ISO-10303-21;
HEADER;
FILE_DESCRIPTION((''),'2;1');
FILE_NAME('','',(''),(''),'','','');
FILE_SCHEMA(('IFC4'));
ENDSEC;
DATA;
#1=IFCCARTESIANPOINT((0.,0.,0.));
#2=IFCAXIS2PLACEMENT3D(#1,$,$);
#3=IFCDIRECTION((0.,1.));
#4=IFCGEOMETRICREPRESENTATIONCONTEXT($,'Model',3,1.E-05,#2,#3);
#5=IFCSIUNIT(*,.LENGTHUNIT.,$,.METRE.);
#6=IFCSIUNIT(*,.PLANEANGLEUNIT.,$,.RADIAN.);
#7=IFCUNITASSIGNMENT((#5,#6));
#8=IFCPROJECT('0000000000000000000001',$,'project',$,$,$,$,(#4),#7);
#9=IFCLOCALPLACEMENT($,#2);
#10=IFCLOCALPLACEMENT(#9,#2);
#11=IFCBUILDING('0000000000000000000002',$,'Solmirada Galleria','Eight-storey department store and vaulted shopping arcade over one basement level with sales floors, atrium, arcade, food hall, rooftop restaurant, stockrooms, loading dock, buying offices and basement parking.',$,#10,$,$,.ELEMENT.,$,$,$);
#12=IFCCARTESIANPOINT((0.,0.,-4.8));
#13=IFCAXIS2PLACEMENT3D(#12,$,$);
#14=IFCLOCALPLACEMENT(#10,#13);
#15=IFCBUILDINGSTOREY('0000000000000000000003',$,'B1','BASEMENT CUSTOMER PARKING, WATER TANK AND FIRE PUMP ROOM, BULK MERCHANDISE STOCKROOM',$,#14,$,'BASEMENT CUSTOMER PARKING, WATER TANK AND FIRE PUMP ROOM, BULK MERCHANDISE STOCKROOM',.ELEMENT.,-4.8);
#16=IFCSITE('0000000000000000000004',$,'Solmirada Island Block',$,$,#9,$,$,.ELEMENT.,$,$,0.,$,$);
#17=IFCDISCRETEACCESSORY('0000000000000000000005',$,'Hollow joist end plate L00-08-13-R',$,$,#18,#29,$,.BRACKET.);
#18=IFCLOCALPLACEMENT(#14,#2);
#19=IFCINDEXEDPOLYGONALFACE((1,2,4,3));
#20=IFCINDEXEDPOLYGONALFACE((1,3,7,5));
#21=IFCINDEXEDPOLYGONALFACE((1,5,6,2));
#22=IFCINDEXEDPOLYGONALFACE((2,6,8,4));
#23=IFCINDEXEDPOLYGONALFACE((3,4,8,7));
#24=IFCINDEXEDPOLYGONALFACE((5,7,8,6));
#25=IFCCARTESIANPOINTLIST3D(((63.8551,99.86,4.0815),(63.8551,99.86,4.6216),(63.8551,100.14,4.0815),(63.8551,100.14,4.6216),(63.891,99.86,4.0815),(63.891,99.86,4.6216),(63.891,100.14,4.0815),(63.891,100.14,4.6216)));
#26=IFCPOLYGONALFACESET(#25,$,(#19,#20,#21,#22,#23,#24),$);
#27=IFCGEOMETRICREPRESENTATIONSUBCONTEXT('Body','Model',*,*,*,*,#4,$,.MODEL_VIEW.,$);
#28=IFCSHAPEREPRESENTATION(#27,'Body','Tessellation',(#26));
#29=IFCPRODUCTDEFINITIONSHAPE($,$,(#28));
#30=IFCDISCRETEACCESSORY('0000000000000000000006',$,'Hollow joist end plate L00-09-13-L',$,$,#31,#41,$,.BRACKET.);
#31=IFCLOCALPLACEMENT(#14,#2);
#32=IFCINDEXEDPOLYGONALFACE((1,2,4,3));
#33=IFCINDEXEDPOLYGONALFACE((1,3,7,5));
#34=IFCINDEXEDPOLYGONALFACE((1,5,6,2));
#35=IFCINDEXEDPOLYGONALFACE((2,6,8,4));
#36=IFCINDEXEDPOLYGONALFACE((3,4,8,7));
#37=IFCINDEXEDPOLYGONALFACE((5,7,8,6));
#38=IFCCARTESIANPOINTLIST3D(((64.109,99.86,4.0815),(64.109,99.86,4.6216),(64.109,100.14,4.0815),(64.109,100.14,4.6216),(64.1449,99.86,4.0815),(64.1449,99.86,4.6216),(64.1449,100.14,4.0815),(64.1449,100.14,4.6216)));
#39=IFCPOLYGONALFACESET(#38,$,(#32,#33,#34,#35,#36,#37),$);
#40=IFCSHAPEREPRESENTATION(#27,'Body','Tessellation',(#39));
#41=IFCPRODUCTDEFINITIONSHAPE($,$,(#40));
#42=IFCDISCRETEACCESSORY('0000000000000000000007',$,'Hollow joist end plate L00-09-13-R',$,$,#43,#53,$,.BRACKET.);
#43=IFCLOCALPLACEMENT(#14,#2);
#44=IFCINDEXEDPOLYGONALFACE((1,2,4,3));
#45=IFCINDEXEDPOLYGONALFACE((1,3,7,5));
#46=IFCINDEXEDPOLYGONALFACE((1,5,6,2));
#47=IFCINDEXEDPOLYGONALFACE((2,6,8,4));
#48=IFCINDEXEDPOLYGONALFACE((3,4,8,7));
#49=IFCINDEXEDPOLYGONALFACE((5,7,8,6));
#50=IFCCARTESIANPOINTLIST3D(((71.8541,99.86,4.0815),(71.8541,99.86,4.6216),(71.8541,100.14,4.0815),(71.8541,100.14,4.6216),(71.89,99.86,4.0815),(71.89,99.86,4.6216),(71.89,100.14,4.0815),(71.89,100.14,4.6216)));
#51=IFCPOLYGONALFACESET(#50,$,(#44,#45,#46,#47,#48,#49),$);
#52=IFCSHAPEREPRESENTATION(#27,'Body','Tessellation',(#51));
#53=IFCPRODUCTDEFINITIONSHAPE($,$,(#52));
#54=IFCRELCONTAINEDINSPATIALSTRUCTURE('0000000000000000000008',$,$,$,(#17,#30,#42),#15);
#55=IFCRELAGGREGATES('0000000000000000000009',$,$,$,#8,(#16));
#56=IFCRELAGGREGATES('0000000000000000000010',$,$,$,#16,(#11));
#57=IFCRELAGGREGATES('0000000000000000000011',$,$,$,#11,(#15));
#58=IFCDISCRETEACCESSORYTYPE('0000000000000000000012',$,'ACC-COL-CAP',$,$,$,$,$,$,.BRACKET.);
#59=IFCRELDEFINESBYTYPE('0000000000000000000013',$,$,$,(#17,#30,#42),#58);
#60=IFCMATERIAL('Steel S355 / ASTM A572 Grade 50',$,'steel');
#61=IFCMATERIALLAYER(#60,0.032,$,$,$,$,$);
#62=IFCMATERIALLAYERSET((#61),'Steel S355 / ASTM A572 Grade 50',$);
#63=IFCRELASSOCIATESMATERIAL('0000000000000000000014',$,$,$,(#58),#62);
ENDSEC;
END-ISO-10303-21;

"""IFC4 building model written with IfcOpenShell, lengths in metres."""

from ifc_helpers import new_model, si_unit, direction, frame, origin, origin_2d, place, context, subcontext, project, spatial, rectangle, extrude, material, layer, layer_set, type_object, element, save


model = new_model("IFC4")

# Units and contexts
model_context = context("Model", 3, precision=1e-05, world=origin(), true_north=direction((0.0, 1.0)))
body_context = subcontext(model_context, "Body", "Model", "MODEL_VIEW")
ifc_project = project(units=[si_unit("LENGTHUNIT", "METRE"), si_unit("PLANEANGLEUNIT", "RADIAN")], contexts=[model_context])

# Site, building, storey
site_placement = place(None, origin())
site = spatial("IfcSite", under=ifc_project, at=site_placement, Name="Solmirada Island Block", CompositionType="ELEMENT", RefElevation=0.0)
building_placement = place(site_placement, origin())
building = spatial("IfcBuilding", under=site, at=building_placement, Name="Solmirada Galleria", Description="Eight-storey department store and vaulted shopping arcade over one basement level with sales floors, atrium, arcade, food hall, rooftop restaurant, stockrooms, loading dock, buying offices and basement parking.", CompositionType="ELEMENT")
storey_placement = place(building_placement, frame((0.0, 0.0, -4.8)))
storey = spatial("IfcBuildingStorey", under=building, at=storey_placement, Name="B1", Description="BASEMENT CUSTOMER PARKING, WATER TANK AND FIRE PUMP ROOM, BULK MERCHANDISE STOCKROOM", LongName="BASEMENT CUSTOMER PARKING, WATER TANK AND FIRE PUMP ROOM, BULK MERCHANDISE STOCKROOM", CompositionType="ELEMENT", Elevation=-4.8)

# Discrete accessories
ifc_material_1 = material(Name="Steel S355 / ASTM A572 Grade 50", Category="steel")
ifc_layer = layer(ifc_material_1, 0.032)
ifc_layer_set = layer_set([ifc_layer], Name="Steel S355 / ASTM A572 Grade 50")
discrete_accessory_type_1 = type_object("IfcDiscreteAccessoryType", Name="ACC-COL-CAP", PredefinedType="BRACKET", material=ifc_layer_set)
for number, where, z_axis, x_axis, name in (
    (1, (63.873, 100.0, 4.0815), (0.0, 0.0, 1.0), (1.0, 0.0, 0.0), "Hollow joist end plate L00-08-13-R"),
    (2, (64.127, 100.0, 4.0815), (0.0, 0.0, 1.0), (1.0, 0.0, 0.0), "Hollow joist end plate L00-09-13-L"),
    (3, (71.8721, 100.0, 4.0815), (0.0, 0.0, 1.0), (1.0, 0.0, 0.0), "Hollow joist end plate L00-09-13-R"),
):
    element("IfcDiscreteAccessory", number, at=place(storey_placement, frame(where, z_axis=z_axis, x_axis=x_axis)), inside=storey, type_object=discrete_accessory_type_1, Name=name, PredefinedType="BRACKET", context=body_context, shape_type="SweptSolid", body=[
        extrude(rectangle(XDim=0.0359, YDim=0.28, at=origin_2d()), origin(), (0.0, 0.0, 1.0), 0.54),
    ])

save(model, "model.ifc")
